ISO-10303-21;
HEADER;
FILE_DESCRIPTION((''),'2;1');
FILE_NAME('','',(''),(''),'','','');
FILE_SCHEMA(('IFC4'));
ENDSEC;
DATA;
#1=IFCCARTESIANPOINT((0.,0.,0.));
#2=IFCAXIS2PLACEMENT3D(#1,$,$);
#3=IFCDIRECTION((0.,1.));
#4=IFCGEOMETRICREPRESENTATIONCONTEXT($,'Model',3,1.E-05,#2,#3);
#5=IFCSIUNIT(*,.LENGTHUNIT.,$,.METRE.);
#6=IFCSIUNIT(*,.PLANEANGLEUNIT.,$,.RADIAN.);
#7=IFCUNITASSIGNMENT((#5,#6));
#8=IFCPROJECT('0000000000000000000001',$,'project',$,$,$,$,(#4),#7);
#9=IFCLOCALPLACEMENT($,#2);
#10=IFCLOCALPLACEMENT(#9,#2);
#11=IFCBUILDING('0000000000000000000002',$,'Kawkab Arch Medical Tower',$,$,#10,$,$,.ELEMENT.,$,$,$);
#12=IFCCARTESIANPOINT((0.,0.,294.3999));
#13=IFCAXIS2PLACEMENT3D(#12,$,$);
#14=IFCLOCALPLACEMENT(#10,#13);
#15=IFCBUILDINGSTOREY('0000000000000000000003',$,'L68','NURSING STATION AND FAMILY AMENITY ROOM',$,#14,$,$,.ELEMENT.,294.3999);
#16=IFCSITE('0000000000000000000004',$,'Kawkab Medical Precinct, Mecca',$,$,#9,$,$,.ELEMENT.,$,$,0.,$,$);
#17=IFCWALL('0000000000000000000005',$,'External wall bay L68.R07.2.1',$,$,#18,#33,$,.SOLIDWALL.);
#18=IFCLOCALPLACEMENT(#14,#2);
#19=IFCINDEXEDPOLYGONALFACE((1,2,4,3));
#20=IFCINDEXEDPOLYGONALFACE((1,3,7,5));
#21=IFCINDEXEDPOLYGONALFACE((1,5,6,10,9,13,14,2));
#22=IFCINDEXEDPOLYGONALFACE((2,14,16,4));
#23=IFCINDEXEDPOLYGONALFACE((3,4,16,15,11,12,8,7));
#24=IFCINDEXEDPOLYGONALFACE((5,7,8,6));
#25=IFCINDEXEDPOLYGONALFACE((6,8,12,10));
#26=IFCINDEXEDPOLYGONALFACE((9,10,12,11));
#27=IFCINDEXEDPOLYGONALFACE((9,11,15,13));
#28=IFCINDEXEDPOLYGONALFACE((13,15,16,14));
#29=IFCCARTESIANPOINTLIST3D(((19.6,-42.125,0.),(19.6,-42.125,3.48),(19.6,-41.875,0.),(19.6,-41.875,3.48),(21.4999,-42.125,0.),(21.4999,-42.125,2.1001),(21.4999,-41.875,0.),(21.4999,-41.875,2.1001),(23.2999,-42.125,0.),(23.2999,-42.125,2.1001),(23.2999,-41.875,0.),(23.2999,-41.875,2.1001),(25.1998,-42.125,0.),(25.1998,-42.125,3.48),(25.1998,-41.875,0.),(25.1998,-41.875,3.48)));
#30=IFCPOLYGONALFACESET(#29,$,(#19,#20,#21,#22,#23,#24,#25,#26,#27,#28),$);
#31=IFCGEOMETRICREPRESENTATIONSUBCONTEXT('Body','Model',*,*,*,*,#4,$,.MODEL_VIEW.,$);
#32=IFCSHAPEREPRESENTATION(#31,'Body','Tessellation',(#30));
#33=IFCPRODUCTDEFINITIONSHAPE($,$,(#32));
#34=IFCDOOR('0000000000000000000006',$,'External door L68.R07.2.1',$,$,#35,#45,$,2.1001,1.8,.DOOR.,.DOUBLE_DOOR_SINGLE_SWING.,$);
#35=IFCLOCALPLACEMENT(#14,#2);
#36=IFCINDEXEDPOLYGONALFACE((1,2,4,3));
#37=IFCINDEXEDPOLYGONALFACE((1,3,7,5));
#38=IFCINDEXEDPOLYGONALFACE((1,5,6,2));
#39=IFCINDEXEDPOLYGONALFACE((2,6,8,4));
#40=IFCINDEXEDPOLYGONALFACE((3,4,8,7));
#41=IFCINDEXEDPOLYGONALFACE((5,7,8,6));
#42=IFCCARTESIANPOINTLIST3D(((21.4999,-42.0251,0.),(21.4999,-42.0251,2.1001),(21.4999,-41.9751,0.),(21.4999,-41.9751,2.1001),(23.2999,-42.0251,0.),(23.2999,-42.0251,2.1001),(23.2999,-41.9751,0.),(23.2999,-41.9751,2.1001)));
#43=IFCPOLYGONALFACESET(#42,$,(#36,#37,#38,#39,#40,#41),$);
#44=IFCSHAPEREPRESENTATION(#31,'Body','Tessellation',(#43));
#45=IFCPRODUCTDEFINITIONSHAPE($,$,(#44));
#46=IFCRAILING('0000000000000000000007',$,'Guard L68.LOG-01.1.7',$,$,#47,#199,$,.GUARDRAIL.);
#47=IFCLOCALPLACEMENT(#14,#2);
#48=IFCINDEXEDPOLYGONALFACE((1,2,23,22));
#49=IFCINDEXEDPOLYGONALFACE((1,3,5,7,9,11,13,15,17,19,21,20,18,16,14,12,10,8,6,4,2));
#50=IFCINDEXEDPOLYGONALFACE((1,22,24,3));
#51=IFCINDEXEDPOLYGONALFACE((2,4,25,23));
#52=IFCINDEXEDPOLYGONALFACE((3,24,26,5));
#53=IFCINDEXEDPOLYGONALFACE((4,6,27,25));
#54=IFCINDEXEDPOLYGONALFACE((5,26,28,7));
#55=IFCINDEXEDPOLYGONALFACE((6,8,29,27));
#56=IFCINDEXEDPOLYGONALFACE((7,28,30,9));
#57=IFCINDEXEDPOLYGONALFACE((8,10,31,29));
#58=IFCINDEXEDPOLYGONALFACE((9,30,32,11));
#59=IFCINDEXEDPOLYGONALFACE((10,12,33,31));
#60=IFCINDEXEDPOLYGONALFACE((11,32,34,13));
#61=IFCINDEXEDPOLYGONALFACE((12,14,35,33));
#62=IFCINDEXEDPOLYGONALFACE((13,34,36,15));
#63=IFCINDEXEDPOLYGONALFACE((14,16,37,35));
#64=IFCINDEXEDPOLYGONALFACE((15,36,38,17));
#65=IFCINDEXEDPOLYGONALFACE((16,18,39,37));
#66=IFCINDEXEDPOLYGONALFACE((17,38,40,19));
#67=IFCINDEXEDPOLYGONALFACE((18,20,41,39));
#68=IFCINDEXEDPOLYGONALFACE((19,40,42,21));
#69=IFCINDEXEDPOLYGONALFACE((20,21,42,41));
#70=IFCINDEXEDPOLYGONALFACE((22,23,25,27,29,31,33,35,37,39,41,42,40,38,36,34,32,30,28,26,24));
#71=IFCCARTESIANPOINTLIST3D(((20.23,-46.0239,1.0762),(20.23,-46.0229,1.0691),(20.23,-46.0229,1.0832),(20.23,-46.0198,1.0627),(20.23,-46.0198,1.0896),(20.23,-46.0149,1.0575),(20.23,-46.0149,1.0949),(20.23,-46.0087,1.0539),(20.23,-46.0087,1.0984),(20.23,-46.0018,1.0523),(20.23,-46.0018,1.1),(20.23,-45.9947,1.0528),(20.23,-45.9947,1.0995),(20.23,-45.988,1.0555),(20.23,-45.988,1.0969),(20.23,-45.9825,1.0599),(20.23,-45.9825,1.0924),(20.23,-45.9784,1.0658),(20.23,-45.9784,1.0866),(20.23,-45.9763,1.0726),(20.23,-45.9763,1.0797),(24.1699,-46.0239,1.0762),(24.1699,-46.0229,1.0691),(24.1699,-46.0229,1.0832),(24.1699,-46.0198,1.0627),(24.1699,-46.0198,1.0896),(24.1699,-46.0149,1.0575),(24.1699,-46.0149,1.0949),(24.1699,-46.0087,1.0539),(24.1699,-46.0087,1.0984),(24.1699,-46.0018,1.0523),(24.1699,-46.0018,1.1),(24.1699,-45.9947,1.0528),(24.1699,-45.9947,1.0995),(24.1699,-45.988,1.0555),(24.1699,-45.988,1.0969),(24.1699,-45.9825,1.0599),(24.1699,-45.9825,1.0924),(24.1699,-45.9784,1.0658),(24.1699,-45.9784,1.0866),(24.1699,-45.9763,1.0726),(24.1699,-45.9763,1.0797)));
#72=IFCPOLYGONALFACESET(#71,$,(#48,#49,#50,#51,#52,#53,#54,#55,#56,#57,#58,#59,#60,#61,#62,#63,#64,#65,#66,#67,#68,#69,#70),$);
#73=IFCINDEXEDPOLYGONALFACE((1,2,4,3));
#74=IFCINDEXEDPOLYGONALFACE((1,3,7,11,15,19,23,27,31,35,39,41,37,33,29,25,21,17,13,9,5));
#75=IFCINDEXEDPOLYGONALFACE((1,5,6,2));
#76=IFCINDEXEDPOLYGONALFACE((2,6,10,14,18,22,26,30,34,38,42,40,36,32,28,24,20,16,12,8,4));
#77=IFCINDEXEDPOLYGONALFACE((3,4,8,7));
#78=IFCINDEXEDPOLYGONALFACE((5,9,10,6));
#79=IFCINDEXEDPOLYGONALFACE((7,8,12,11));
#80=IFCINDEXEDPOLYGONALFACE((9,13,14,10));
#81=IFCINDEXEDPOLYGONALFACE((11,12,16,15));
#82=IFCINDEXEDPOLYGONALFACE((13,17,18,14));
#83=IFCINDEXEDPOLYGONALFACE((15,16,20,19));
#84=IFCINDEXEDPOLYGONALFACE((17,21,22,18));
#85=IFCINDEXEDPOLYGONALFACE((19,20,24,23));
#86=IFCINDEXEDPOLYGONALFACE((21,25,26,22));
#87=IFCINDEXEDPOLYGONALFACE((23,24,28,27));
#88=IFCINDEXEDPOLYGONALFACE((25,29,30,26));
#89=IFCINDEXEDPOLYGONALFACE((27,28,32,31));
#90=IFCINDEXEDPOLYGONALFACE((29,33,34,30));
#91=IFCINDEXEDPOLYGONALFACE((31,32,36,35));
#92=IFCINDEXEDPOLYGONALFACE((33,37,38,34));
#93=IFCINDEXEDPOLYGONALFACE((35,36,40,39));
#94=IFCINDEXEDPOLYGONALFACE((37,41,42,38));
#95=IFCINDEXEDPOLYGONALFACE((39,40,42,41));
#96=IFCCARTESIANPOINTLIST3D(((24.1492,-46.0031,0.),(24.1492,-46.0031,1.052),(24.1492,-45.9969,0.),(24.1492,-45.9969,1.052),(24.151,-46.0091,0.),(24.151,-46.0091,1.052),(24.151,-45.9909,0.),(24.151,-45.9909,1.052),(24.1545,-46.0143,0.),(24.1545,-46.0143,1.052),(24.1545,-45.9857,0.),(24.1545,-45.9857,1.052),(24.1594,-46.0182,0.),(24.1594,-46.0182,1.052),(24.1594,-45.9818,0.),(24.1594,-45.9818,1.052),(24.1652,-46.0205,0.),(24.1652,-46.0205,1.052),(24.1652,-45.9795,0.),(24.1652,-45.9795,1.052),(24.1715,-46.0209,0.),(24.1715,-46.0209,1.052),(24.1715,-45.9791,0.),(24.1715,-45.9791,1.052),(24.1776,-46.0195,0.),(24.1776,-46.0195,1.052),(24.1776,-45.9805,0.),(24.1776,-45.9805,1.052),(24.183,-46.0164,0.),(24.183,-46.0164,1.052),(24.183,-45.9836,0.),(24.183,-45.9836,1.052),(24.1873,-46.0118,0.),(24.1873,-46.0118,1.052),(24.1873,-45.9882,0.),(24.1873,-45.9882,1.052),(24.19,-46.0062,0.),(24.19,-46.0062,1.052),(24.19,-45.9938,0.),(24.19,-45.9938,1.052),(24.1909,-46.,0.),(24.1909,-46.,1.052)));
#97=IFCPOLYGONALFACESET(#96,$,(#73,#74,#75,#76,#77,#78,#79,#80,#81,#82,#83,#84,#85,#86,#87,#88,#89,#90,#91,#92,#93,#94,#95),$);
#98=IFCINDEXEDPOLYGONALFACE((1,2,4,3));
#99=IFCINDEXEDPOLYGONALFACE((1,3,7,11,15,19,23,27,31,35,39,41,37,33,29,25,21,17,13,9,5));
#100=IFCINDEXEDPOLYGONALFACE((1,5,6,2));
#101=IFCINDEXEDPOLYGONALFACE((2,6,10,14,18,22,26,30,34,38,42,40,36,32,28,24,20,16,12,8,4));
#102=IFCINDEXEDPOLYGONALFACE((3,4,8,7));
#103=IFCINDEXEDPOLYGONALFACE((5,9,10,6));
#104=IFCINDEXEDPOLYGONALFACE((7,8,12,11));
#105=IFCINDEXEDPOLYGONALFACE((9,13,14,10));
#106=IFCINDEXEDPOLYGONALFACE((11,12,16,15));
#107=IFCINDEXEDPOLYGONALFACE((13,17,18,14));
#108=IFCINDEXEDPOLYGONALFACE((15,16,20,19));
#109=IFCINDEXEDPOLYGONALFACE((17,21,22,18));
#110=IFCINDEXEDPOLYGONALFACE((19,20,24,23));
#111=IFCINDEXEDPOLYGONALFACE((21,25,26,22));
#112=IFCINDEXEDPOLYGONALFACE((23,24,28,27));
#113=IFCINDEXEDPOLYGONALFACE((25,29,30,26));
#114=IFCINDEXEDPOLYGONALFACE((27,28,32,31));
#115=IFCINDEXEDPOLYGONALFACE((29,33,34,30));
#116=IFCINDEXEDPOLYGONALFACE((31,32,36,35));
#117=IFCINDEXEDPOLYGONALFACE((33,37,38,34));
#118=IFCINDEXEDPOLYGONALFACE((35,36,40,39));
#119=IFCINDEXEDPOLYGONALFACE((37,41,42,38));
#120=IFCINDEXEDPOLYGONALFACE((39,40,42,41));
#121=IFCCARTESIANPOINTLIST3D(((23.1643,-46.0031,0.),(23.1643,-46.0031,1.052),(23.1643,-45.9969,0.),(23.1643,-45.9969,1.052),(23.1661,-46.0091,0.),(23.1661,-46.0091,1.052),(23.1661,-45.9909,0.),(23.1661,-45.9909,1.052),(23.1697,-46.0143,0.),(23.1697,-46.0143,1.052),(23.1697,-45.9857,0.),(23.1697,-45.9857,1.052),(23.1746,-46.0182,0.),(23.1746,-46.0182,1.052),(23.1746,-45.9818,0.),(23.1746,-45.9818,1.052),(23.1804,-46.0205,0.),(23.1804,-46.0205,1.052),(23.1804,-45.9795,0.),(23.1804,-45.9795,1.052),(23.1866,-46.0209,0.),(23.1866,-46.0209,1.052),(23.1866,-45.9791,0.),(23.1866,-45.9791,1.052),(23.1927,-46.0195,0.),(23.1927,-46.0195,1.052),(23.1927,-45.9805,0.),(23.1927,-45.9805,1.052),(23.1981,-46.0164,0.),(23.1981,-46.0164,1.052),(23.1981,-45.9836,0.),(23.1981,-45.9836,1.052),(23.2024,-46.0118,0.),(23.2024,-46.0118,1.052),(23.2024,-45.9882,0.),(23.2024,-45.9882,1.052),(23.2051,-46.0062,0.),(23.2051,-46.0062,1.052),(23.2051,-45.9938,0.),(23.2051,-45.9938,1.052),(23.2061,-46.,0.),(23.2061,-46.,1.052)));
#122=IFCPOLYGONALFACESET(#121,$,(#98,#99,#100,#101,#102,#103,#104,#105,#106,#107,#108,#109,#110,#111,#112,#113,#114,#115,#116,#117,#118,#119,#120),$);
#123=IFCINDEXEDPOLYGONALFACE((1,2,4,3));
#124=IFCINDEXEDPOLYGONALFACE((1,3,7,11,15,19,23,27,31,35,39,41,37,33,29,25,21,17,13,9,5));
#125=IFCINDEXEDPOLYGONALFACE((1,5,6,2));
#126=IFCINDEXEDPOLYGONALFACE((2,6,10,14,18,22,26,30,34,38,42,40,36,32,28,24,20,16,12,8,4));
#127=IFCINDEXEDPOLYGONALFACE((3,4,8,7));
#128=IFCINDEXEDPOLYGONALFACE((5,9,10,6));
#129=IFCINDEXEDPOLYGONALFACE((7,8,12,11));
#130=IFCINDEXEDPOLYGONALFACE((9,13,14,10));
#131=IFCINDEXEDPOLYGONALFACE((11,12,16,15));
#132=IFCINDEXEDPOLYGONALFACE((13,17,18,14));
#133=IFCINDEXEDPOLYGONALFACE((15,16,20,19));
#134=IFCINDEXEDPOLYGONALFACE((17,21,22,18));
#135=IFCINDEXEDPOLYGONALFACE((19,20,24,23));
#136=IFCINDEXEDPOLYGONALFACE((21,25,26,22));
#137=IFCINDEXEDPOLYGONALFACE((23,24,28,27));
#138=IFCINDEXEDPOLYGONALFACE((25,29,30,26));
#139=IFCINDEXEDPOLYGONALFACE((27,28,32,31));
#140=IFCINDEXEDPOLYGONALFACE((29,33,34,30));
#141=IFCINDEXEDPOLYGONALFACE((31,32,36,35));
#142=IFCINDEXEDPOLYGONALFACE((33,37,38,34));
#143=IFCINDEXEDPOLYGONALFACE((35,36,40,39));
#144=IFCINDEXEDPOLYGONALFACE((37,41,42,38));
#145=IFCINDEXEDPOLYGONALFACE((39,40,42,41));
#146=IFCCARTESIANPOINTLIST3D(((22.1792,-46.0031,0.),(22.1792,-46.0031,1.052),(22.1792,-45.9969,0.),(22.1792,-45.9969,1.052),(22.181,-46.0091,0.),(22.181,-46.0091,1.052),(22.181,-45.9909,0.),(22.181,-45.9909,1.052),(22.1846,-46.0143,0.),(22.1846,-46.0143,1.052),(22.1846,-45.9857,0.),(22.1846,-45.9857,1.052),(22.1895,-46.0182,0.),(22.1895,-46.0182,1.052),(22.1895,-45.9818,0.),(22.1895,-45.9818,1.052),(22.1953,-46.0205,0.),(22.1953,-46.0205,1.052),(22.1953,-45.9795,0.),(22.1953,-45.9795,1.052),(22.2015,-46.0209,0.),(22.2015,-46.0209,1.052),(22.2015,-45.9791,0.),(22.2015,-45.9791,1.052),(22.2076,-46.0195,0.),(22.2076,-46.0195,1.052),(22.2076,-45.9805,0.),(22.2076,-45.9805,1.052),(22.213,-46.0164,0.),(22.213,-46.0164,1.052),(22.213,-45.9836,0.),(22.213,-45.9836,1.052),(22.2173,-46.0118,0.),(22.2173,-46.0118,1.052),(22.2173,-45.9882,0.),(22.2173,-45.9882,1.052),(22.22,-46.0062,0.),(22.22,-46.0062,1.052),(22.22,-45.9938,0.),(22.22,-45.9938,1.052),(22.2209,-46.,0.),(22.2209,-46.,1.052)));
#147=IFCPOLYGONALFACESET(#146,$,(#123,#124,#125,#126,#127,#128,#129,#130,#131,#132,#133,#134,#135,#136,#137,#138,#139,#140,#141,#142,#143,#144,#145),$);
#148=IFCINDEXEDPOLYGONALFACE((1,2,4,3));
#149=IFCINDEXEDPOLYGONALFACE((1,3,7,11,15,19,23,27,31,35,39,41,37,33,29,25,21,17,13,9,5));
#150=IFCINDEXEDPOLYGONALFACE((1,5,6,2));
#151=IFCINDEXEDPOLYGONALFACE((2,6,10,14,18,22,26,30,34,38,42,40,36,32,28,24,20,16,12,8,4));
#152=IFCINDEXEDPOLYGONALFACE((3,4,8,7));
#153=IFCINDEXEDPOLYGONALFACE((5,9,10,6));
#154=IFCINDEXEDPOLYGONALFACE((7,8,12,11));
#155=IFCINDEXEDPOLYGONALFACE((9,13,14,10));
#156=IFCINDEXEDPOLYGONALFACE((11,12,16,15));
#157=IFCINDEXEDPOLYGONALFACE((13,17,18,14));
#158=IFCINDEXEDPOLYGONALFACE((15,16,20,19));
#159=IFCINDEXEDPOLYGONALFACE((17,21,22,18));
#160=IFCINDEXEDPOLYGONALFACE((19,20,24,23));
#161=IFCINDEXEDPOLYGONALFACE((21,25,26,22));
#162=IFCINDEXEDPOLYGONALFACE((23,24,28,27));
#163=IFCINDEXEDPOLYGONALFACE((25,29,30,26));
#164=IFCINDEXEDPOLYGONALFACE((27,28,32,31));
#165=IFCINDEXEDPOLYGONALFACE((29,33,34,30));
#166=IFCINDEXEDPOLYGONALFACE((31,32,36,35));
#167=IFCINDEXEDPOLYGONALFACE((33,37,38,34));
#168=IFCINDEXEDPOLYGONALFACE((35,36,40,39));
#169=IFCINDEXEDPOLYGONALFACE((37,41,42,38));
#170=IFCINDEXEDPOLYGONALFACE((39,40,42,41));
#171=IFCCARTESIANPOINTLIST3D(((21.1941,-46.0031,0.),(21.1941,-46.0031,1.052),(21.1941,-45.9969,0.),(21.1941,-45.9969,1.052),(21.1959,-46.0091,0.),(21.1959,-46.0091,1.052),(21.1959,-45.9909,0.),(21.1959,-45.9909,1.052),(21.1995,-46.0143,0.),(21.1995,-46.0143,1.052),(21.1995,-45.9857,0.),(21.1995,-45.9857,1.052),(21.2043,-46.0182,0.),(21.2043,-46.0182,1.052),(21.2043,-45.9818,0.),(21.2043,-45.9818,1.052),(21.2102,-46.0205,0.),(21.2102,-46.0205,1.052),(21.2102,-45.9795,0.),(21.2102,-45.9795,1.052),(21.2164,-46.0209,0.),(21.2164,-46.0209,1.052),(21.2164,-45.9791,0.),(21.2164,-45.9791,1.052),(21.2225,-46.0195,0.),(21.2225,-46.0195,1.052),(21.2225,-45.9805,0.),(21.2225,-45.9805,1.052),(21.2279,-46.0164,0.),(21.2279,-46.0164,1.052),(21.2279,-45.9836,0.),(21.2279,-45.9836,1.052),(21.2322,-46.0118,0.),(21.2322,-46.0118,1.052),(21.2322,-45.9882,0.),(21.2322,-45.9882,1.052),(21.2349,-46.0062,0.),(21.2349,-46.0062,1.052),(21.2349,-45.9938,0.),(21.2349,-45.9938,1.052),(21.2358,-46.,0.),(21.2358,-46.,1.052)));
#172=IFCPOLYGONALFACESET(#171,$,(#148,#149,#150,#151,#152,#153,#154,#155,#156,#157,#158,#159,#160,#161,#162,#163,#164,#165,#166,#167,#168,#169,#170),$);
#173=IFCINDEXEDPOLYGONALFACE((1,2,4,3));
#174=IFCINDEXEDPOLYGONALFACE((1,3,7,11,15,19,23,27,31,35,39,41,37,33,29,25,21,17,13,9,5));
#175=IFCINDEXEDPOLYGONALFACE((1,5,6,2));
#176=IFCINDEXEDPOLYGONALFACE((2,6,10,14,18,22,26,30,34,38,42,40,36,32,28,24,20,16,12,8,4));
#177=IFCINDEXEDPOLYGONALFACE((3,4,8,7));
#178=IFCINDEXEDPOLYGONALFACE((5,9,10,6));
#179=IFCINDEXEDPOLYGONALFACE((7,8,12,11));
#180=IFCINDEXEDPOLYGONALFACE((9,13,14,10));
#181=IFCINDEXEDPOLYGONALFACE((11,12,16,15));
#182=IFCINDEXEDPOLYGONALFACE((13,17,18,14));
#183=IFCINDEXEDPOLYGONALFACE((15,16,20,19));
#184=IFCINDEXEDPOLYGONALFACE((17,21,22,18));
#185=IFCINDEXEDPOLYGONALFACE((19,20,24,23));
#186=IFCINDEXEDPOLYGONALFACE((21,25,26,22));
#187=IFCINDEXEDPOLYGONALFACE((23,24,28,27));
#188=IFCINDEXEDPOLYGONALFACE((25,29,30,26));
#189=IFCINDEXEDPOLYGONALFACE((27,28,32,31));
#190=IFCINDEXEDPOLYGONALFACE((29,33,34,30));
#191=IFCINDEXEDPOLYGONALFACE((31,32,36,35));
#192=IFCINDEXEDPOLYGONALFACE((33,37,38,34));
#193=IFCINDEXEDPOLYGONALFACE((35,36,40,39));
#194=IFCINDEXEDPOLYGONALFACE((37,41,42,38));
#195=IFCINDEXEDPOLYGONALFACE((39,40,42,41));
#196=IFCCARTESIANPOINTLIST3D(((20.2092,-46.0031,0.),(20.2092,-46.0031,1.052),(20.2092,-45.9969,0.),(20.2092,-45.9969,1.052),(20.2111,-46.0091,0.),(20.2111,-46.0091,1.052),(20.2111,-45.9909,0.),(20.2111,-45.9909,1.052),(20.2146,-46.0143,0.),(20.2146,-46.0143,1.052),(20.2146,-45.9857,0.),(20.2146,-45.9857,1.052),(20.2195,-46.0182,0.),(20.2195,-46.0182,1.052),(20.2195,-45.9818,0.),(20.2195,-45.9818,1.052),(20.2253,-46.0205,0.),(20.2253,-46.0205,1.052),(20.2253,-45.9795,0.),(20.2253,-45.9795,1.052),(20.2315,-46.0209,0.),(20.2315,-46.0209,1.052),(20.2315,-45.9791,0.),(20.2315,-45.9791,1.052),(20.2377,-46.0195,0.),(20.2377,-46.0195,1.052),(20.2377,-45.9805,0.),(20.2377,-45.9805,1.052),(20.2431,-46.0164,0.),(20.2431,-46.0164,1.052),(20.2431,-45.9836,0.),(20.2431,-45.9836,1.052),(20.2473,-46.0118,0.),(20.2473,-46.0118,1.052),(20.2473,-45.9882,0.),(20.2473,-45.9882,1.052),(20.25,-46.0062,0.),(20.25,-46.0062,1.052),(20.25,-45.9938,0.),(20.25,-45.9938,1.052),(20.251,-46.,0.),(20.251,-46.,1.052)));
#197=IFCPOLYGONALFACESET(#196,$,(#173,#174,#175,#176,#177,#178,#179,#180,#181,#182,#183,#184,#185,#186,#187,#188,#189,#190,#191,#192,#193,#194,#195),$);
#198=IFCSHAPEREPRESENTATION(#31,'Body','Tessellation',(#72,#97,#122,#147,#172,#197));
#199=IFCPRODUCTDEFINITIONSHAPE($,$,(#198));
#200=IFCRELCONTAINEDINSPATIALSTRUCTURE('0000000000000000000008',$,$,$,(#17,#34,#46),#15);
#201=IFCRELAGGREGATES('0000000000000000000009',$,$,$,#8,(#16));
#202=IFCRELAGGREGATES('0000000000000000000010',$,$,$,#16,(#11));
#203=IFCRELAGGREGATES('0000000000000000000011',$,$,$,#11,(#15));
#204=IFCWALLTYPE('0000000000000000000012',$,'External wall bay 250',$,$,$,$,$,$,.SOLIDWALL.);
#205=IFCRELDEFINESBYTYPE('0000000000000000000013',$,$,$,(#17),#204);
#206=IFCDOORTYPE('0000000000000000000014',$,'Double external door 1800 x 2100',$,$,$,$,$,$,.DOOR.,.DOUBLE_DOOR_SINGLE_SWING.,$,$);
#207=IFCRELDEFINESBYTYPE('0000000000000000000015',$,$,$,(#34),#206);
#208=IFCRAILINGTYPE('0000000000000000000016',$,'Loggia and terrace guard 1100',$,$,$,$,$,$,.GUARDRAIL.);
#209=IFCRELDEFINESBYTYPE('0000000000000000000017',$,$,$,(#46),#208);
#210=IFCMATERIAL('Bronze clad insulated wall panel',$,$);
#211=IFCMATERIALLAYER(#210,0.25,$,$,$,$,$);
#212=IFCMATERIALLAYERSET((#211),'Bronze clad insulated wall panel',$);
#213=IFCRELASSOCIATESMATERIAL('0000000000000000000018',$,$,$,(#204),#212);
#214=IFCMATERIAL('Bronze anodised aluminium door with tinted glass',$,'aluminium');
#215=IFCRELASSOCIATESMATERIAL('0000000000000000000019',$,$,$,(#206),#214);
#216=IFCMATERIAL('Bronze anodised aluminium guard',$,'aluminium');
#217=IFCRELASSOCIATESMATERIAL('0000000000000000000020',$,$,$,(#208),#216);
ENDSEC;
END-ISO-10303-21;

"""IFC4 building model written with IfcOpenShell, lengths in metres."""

from ifc_helpers import new_model, si_unit, direction, frame, frame_2d, origin, origin_2d, place, context, subcontext, project, spatial, rectangle, circle, extrude, material, layer, layer_set, type_object, element, fill, save


model = new_model("IFC4")

# Units and contexts
model_context = context("Model", 3, precision=1e-05, world=origin(), true_north=direction((0.0, 1.0)))
body_context = subcontext(model_context, "Body", "Model", "MODEL_VIEW")
ifc_project = project(units=[si_unit("LENGTHUNIT", "METRE"), si_unit("PLANEANGLEUNIT", "RADIAN")], contexts=[model_context])

# Site, building, storey
site_placement = place(None, origin())
site = spatial("IfcSite", under=ifc_project, at=site_placement, Name="Kawkab Medical Precinct, Mecca", CompositionType="ELEMENT", RefElevation=0.0)
building_placement = place(site_placement, origin())
building = spatial("IfcBuilding", under=site, at=building_placement, Name="Kawkab Arch Medical Tower", CompositionType="ELEMENT")
storey_placement = place(building_placement, frame((0.0, 0.0, 294.3999)))
storey = spatial("IfcBuildingStorey", under=building, at=storey_placement, Name="L68", Description="NURSING STATION AND FAMILY AMENITY ROOM", CompositionType="ELEMENT", Elevation=294.3999)

# Wall, opening, door
ifc_material_1 = material(Name="Bronze clad insulated wall panel")
ifc_layer_1 = layer(ifc_material_1, 0.25)
ifc_layer_set_1 = layer_set([ifc_layer_1], Name="Bronze clad insulated wall panel")
wall_type = type_object("IfcWallType", Name="External wall bay 250", PredefinedType="SOLIDWALL", material=ifc_layer_set_1)
wall_placement = place(storey_placement, frame((19.6001, -42.0, 0.0), z_axis=(0.0, 0.0, 1.0), x_axis=(1.0, 0.0, 0.0)))
wall = element("IfcWall", 1, at=wall_placement, inside=storey, type_object=wall_type, Name="External wall bay L68.R07.2.1", PredefinedType="SOLIDWALL", context=body_context, shape_type="SweptSolid", body=[
    extrude(rectangle(XDim=5.5999, YDim=0.25, at=frame_2d((2.7998, 0.0))), origin(), (0.0, 0.0, 1.0), 3.48),
])
opening_placement = place(wall_placement, frame((1.8999, 0.0, 0.0)))
opening = element("IfcOpeningElement", 2, at=opening_placement, cuts=wall, PredefinedType="OPENING", context=body_context, shape_type="SweptSolid", body=[
    extrude(rectangle(XDim=1.8, YDim=2.1001, at=frame_2d((0.8999, 1.05))), frame((0.0, 0.135, 0.0), z_axis=(0.0, -1.0, 0.0), x_axis=(1.0, 0.0, 0.0)), (0.0, 0.0, 1.0), 0.27),
])
ifc_material_2 = material(Name="Bronze anodised aluminium door with tinted glass", Category="aluminium")
door_type = type_object("IfcDoorType", Name="Double external door 1800 x 2100", OperationType="DOUBLE_DOOR_SINGLE_SWING", PredefinedType="DOOR", material=ifc_material_2)
door_placement = place(opening_placement, origin())
door = element("IfcDoor", 3, at=door_placement, inside=storey, type_object=door_type, Name="External door L68.R07.2.1", OperationType="DOUBLE_DOOR_SINGLE_SWING", OverallHeight=2.1001, OverallWidth=1.8, PredefinedType="DOOR", context=body_context, shape_type="SweptSolid", body=[
    extrude(rectangle(XDim=1.8, YDim=2.1001, at=frame_2d((0.8999, 1.05))), frame((0.0, 0.0249, 0.0), z_axis=(0.0, -1.0, 0.0), x_axis=(1.0, 0.0, 0.0)), (0.0, 0.0, 1.0), 0.05),
])
fill(opening, door)

# Railing
ifc_material_3 = material(Name="Bronze anodised aluminium guard", Category="aluminium")
railing_type_1 = type_object("IfcRailingType", Name="Loggia and terrace guard 1100", PredefinedType="GUARDRAIL", material=ifc_material_3)
railing_1_placement = place(storey_placement, frame((24.1699, -46.0, 0.0)))
element("IfcRailing", 4, at=railing_1_placement, inside=storey, type_object=railing_type_1, Name="Guard L68.LOG-01.1.7", PredefinedType="GUARDRAIL", context=body_context, shape_type="SweptSolid", body=[
    extrude(circle(Radius=0.0239, at=origin_2d()), frame((0.0, 0.0, 1.0762), z_axis=(-1.0, 0.0, 0.0), x_axis=(0.0, -1.0, 0.0)), (0.0, 0.0, 1.0), 3.9399),
    extrude(circle(Radius=0.021, at=origin_2d()), origin(), (0.0, 0.0, 1.0), 1.052),
    extrude(circle(Radius=0.021, at=origin_2d()), frame((-0.9849, 0.0, 0.0)), (0.0, 0.0, 1.0), 1.052),
    extrude(circle(Radius=0.021, at=origin_2d()), frame((-1.97, 0.0, 0.0)), (0.0, 0.0, 1.0), 1.052),
    extrude(circle(Radius=0.021, at=origin_2d()), frame((-2.9551, 0.0, 0.0)), (0.0, 0.0, 1.0), 1.052),
    extrude(circle(Radius=0.021, at=origin_2d()), frame((-3.9399, 0.0, 0.0)), (0.0, 0.0, 1.0), 1.052),
])

save(model, "model.ifc")
